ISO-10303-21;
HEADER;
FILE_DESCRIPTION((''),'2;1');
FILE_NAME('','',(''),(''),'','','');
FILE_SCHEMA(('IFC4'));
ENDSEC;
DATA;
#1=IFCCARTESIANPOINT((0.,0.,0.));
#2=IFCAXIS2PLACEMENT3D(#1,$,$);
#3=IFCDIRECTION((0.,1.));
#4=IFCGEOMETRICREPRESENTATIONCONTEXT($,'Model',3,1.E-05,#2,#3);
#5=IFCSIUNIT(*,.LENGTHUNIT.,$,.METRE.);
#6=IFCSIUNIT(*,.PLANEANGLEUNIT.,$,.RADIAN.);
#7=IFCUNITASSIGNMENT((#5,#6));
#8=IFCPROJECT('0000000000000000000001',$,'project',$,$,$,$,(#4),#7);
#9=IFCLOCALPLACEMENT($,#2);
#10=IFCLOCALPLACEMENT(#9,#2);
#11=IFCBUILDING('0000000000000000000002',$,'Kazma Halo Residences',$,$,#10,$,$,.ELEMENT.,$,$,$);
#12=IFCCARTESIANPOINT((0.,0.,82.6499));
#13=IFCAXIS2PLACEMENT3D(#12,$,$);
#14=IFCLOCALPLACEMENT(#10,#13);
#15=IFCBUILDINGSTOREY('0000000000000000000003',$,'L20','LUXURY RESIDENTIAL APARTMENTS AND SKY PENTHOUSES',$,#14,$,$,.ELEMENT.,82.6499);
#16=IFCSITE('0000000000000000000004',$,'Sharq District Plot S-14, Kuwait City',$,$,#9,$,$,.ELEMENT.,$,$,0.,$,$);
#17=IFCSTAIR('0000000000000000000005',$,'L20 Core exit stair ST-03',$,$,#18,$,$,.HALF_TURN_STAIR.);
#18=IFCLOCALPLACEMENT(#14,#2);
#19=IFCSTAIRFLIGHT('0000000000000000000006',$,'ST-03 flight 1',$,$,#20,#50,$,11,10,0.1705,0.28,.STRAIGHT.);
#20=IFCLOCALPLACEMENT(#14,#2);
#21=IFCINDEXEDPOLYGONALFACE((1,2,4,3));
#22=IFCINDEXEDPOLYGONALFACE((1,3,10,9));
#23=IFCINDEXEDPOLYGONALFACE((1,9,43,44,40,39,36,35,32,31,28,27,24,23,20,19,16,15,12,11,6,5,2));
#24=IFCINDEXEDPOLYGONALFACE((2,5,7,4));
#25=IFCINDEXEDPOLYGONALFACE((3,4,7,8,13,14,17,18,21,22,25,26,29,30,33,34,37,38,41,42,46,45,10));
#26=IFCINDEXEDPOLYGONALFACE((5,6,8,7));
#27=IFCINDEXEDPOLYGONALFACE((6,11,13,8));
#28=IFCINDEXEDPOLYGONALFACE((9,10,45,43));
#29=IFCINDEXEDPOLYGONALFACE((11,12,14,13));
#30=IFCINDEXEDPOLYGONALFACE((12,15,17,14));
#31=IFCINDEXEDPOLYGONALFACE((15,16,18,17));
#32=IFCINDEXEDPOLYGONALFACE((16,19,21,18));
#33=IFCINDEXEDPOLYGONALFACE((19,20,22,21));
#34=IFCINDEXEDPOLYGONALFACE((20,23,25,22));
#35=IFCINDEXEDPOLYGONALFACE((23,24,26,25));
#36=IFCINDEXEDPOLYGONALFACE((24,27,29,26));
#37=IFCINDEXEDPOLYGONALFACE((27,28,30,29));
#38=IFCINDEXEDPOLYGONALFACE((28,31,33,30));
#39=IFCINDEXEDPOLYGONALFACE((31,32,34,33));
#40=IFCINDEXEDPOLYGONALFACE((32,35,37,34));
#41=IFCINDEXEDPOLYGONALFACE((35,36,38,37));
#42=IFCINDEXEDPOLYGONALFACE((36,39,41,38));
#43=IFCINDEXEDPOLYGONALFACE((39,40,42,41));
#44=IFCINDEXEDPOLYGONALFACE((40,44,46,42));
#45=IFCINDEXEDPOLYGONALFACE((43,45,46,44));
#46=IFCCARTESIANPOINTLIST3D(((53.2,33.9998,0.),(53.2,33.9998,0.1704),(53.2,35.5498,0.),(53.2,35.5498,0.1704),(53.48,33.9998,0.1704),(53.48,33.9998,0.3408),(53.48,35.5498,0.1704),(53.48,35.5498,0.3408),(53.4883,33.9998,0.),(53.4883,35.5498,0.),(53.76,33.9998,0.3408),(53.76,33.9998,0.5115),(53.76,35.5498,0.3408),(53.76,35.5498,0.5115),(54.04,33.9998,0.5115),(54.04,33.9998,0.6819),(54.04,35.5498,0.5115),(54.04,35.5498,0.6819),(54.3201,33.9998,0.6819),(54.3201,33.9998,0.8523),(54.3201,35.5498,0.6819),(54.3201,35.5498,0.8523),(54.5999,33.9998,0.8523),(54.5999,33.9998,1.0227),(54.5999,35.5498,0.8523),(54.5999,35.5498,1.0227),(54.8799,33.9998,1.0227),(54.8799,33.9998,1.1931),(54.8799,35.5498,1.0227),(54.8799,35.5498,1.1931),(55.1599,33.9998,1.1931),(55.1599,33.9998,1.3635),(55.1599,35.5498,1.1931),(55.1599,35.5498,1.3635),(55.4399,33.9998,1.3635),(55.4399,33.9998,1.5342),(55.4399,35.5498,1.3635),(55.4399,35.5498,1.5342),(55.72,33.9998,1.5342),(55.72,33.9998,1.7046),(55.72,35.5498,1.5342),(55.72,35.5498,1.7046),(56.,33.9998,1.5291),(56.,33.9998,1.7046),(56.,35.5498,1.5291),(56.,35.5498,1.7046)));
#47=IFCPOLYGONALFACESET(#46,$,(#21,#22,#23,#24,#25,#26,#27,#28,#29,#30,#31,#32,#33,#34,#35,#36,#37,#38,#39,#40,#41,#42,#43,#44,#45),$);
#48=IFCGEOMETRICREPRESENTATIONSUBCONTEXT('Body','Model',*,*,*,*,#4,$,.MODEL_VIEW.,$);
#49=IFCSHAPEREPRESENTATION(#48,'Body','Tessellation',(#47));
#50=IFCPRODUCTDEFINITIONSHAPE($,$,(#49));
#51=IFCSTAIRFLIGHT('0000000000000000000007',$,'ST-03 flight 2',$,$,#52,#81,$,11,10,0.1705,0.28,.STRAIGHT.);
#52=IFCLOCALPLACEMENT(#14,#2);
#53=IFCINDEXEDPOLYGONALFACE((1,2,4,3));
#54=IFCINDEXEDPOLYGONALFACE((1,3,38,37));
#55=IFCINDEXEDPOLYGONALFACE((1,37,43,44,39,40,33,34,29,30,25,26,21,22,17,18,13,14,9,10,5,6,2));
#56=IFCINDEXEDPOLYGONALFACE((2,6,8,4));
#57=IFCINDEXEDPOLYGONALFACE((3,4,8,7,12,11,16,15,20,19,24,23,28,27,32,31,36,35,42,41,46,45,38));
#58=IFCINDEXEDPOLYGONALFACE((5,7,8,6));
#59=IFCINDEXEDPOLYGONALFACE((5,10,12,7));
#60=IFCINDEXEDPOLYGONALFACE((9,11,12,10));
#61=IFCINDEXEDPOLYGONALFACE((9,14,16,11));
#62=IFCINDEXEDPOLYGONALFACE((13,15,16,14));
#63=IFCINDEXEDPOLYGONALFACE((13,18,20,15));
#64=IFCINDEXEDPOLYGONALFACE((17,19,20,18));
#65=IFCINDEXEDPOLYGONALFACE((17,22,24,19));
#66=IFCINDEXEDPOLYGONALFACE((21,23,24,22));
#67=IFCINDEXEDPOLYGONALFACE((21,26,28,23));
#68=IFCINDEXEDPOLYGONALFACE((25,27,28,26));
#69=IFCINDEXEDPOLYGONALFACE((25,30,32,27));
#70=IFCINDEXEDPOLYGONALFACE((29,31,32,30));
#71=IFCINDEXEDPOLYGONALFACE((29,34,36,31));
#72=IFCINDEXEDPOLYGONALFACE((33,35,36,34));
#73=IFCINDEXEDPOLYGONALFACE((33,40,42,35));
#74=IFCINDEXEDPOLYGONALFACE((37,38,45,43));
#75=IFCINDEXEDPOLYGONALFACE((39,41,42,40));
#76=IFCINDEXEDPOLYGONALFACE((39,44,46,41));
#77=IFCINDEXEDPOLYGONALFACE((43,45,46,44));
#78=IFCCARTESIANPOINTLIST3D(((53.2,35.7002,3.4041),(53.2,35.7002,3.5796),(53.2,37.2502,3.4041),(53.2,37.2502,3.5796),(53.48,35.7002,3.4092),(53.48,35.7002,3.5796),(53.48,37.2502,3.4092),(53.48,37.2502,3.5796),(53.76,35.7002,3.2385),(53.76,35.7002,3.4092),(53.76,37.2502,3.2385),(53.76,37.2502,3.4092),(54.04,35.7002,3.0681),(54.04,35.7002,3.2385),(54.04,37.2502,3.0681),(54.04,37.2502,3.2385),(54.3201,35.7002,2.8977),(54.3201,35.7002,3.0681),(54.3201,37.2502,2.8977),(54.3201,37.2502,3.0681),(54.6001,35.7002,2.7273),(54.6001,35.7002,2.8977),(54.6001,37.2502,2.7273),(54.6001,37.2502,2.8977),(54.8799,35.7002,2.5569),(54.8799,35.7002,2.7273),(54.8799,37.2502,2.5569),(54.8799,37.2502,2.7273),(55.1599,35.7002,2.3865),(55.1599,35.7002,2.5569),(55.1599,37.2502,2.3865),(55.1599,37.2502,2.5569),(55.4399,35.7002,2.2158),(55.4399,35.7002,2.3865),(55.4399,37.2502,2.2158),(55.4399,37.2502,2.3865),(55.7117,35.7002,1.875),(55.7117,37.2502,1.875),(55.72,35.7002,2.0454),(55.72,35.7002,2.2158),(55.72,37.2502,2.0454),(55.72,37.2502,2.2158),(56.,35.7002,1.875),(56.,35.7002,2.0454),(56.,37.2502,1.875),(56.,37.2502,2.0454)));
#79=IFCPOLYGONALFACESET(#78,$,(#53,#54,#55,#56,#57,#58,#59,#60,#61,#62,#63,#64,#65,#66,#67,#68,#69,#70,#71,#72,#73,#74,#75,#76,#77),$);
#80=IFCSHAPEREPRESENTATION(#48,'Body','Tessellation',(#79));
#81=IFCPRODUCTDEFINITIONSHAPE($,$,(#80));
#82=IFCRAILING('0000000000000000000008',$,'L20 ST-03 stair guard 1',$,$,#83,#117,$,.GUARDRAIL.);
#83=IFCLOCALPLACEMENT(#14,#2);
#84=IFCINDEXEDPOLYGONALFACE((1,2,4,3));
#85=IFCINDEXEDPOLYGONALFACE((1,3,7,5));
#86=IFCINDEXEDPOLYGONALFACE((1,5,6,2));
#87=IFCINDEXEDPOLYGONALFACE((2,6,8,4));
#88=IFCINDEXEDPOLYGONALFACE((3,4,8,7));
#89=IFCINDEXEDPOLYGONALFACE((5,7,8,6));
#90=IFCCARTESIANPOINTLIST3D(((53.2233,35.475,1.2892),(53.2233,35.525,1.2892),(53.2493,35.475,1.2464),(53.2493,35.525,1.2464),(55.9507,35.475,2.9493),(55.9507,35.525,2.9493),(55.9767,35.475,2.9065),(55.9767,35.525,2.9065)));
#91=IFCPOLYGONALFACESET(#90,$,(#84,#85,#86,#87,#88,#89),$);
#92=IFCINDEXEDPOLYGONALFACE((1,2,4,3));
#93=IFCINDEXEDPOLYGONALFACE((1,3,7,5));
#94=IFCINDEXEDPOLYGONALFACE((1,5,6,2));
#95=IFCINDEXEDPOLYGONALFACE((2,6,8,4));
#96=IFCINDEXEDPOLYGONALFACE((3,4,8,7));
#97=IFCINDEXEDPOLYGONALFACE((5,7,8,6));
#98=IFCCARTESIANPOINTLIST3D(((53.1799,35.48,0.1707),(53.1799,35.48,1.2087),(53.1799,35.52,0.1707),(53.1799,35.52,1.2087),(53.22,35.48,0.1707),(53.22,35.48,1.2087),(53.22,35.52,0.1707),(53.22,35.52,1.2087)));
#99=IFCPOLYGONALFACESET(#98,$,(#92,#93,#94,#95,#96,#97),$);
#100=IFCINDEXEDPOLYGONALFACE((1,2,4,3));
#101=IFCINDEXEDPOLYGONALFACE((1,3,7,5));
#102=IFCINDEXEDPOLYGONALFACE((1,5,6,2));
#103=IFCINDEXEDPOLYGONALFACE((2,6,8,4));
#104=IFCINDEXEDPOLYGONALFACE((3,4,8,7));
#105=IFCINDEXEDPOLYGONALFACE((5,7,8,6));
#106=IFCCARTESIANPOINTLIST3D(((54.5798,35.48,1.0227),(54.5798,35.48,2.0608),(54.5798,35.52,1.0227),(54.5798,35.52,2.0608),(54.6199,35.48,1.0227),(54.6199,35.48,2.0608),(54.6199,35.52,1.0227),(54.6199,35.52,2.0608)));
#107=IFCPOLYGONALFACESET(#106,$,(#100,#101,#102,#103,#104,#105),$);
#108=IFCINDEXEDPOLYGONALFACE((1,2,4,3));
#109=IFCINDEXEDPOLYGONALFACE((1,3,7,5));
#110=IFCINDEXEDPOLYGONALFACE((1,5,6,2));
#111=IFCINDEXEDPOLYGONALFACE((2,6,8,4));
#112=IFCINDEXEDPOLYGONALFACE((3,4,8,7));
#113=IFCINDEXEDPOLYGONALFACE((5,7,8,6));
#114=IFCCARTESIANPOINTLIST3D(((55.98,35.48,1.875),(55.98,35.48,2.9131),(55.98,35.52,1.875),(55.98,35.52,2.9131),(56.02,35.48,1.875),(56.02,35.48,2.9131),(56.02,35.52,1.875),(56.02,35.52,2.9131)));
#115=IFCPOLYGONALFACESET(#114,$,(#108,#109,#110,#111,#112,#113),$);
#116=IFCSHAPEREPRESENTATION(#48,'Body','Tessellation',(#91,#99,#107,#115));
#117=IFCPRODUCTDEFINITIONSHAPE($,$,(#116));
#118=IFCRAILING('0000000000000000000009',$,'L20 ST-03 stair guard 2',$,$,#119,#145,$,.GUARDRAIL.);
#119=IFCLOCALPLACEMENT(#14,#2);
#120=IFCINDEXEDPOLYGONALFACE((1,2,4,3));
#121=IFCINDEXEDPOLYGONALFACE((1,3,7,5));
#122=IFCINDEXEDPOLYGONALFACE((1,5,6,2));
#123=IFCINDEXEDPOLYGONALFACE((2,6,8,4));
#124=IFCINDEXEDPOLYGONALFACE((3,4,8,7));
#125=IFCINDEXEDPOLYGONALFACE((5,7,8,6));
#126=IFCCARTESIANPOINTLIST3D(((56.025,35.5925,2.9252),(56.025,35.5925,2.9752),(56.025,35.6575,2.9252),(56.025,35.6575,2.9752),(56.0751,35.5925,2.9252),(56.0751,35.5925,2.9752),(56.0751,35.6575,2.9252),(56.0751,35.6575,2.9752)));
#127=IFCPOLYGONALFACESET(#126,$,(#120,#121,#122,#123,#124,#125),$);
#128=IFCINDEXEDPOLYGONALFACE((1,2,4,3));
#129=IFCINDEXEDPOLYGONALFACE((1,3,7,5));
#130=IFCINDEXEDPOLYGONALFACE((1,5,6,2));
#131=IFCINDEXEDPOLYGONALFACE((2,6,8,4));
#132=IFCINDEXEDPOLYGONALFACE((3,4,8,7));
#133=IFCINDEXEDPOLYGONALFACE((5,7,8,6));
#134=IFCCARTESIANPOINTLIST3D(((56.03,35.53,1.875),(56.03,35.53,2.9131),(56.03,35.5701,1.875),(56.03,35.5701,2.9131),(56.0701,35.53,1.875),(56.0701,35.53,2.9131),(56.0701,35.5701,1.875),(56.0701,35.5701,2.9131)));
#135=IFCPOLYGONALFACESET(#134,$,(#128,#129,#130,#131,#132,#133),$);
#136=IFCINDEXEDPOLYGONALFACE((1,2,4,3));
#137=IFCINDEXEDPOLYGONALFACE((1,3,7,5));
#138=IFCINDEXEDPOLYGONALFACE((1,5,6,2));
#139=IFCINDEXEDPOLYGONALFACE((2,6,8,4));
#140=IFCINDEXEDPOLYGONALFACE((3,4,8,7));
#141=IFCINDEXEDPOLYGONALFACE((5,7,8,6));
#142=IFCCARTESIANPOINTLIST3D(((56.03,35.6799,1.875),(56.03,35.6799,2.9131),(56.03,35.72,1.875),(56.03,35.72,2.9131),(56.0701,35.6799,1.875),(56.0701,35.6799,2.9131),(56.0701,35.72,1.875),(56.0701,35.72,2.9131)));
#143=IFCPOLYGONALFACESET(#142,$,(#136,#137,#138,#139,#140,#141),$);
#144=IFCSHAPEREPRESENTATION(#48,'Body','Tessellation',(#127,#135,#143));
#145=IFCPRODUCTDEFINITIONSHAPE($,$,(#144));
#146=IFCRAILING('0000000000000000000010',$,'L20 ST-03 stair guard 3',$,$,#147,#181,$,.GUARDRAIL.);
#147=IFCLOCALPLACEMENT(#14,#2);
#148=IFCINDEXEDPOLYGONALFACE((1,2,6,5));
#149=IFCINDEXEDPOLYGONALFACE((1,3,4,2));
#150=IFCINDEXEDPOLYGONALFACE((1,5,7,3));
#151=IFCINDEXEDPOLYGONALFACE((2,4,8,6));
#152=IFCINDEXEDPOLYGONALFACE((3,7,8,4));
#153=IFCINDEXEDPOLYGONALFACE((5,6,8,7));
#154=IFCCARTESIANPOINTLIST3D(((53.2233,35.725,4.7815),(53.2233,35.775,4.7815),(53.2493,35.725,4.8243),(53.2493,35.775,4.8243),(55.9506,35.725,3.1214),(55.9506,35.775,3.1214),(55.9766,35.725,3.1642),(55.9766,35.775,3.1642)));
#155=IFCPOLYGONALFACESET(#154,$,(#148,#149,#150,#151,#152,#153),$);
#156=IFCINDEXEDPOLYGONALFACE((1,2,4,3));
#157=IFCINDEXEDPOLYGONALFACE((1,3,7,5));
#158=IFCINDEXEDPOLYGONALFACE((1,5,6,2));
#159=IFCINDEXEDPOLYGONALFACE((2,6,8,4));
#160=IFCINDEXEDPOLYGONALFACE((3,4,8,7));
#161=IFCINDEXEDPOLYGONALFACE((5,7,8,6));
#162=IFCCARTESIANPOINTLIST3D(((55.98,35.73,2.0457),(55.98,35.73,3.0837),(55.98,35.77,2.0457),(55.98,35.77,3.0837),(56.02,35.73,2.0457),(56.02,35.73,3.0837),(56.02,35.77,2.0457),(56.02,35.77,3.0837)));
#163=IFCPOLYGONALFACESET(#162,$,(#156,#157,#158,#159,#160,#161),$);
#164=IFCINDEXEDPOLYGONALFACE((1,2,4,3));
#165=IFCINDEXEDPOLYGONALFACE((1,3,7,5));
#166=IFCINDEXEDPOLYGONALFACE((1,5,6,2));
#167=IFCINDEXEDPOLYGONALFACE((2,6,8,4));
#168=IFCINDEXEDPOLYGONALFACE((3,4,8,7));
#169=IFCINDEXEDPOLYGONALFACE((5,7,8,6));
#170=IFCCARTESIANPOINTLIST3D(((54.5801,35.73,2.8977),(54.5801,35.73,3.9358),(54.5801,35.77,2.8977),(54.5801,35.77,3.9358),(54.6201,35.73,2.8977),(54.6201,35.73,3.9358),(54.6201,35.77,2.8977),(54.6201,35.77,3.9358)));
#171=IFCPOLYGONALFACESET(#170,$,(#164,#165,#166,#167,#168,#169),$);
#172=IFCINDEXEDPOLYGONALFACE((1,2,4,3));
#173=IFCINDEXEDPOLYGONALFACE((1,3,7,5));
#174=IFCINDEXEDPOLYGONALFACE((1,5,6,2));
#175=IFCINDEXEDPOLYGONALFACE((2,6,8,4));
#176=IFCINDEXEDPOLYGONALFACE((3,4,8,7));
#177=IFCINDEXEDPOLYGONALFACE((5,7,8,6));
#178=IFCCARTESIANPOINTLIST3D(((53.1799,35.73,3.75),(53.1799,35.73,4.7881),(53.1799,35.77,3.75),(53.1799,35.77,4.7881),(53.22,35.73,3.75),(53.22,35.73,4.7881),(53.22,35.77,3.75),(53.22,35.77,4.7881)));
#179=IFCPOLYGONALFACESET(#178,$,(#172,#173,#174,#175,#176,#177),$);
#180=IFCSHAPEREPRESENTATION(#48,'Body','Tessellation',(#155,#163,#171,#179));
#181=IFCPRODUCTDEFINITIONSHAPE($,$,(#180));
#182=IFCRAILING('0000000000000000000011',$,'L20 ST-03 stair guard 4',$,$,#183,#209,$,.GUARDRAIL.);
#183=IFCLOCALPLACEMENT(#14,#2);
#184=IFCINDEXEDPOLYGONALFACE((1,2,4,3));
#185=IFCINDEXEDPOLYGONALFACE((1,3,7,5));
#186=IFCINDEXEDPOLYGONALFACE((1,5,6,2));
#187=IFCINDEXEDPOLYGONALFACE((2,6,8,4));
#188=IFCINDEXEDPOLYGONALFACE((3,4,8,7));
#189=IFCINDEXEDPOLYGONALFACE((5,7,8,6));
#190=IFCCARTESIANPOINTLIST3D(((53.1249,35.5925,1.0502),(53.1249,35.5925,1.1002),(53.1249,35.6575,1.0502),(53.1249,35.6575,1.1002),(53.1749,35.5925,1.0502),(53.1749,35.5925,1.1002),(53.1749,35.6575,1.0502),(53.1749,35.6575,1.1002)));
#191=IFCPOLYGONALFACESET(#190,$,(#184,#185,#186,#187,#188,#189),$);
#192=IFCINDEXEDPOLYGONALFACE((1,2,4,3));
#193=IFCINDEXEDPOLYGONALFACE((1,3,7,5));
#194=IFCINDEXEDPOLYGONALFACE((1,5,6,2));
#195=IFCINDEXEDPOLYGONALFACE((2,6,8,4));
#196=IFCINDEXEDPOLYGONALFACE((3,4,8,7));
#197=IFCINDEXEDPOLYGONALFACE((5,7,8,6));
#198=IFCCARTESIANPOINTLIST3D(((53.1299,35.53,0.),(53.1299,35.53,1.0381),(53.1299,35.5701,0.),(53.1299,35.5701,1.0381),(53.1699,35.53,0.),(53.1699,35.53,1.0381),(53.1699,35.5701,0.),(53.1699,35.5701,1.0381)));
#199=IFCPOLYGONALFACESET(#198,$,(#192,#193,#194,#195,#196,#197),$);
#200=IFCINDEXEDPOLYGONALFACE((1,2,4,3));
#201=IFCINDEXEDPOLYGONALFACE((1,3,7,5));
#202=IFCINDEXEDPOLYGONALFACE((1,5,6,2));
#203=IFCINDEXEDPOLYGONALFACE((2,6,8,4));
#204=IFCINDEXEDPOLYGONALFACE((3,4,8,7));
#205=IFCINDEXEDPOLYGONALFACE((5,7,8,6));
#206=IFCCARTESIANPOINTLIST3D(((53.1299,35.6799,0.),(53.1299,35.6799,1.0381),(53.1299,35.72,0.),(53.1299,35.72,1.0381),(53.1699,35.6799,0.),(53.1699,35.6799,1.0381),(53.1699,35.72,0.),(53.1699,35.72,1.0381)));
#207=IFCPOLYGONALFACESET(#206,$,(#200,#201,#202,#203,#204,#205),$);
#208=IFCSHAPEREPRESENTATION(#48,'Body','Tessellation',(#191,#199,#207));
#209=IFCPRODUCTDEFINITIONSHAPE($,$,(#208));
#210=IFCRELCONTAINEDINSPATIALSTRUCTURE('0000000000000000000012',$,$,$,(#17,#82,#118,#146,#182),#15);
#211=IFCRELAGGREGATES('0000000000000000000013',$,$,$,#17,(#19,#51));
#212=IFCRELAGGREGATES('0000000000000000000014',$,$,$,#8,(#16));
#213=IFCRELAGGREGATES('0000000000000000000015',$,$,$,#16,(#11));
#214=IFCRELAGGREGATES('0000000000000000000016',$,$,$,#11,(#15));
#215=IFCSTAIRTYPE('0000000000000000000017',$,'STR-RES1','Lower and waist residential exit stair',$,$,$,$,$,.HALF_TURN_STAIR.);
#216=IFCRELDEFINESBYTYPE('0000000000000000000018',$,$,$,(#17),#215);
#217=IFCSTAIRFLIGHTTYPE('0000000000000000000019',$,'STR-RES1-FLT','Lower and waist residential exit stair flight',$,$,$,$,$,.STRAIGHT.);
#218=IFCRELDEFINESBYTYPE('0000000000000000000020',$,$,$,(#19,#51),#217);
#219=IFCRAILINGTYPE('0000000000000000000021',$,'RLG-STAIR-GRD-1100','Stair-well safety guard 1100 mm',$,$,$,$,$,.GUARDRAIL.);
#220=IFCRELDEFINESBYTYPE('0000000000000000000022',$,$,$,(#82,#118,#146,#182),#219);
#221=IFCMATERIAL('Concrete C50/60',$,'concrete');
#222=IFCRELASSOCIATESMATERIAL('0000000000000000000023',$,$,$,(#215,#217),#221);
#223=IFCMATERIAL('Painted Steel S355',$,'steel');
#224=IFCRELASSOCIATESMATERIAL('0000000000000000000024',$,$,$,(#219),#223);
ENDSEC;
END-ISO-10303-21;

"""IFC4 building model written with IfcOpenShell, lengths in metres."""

from ifc_helpers import new_model, si_unit, direction, frame, origin, origin_2d, place, context, subcontext, project, spatial, polyline, rectangle, outline, extrude, material, type_object, element, aggregate, save


model = new_model("IFC4")

# Units and contexts
model_context = context("Model", 3, precision=1e-05, world=origin(), true_north=direction((0.0, 1.0)))
body_context = subcontext(model_context, "Body", "Model", "MODEL_VIEW")
ifc_project = project(units=[si_unit("LENGTHUNIT", "METRE"), si_unit("PLANEANGLEUNIT", "RADIAN")], contexts=[model_context])

# Site, building, storey
site_placement = place(None, origin())
site = spatial("IfcSite", under=ifc_project, at=site_placement, Name="Sharq District Plot S-14, Kuwait City", CompositionType="ELEMENT", RefElevation=0.0)
building_placement = place(site_placement, origin())
building = spatial("IfcBuilding", under=site, at=building_placement, Name="Kazma Halo Residences", CompositionType="ELEMENT")
storey_placement = place(building_placement, frame((0.0, 0.0, 82.6499)))
storey = spatial("IfcBuildingStorey", under=building, at=storey_placement, Name="L20", Description="LUXURY RESIDENTIAL APARTMENTS AND SKY PENTHOUSES", CompositionType="ELEMENT", Elevation=82.6499)

# Shared definitions
ifc_material_1 = material(Name="Concrete C50/60", Category="concrete")

# Stair, stair flights
stair_type = type_object("IfcStairType", Name="STR-RES1", Description="Lower and waist residential exit stair", PredefinedType="HALF_TURN_STAIR", material=ifc_material_1)
stair_placement = place(storey_placement, origin())
stair = element("IfcStair", 1, at=stair_placement, inside=storey, type_object=stair_type, Name="L20 Core exit stair ST-03", PredefinedType="HALF_TURN_STAIR")
stair_flight_type = type_object("IfcStairFlightType", Name="STR-RES1-FLT", Description="Lower and waist residential exit stair flight", PredefinedType="STRAIGHT", material=ifc_material_1)
stair_flight_1_placement = place(storey_placement, frame((53.2, 34.7749, 0.0), z_axis=(0.0, 0.0, 1.0), x_axis=(1.0, 0.0, 0.0)))
stair_flight_1 = element("IfcStairFlight", 2, at=stair_flight_1_placement, type_object=stair_flight_type, Name="ST-03 flight 1", NumberOfRisers=11, NumberOfTreads=10, PredefinedType="STRAIGHT", RiserHeight=0.1705, TreadLength=0.28, context=body_context, shape_type="SweptSolid", body=[
    extrude(outline(polyline([(0.0, 0.0), (0.0, 0.1704), (0.28, 0.1704), (0.28, 0.3408), (0.5601, 0.3408), (0.5601, 0.5115), (0.8401, 0.5115), (0.8401, 0.6819), (1.1201, 0.6819), (1.1201, 0.8523), (1.3999, 0.8523), (1.3999, 1.0227), (1.6799, 1.0227), (1.6799, 1.1931), (1.96, 1.1931), (1.96, 1.3635), (2.24, 1.3635), (2.24, 1.5342), (2.52, 1.5342), (2.52, 1.7046), (2.8, 1.7046), (2.8, 1.875), (2.8, 1.5291), (0.2883, 0.0), (0.0, 0.0)])), frame((0.0, 0.7749, 0.0), z_axis=(0.0, -1.0, 0.0), x_axis=(1.0, 0.0, 0.0)), (0.0, 0.0, 1.0), 1.55),
])
stair_flight_2_placement = place(storey_placement, frame((56.0, 36.4751, 1.875), z_axis=(0.0, 0.0, 1.0), x_axis=(-1.0, 0.0, 0.0)))
stair_flight_2 = element("IfcStairFlight", 3, at=stair_flight_2_placement, type_object=stair_flight_type, Name="ST-03 flight 2", NumberOfRisers=11, NumberOfTreads=10, PredefinedType="STRAIGHT", RiserHeight=0.1705, TreadLength=0.28, context=body_context, shape_type="SweptSolid", body=[
    extrude(outline(polyline([(0.0, 0.0), (0.0, 0.1704), (0.28, 0.1704), (0.28, 0.3408), (0.5601, 0.3408), (0.5601, 0.5115), (0.8401, 0.5115), (0.8401, 0.6819), (1.1201, 0.6819), (1.1201, 0.8523), (1.3999, 0.8523), (1.3999, 1.0227), (1.6799, 1.0227), (1.6799, 1.1931), (1.96, 1.1931), (1.96, 1.3635), (2.24, 1.3635), (2.24, 1.5342), (2.52, 1.5342), (2.52, 1.7046), (2.8, 1.7046), (2.8, 1.875), (2.8, 1.5291), (0.2883, 0.0), (0.0, 0.0)])), frame((0.0, 0.7749, 0.0), z_axis=(0.0, -1.0, 0.0), x_axis=(1.0, 0.0, 0.0)), (0.0, 0.0, 1.0), 1.55),
])
aggregate(stair, [stair_flight_1, stair_flight_2])

# Railings
ifc_material_2 = material(Name="Painted Steel S355", Category="steel")
railing_type_1 = type_object("IfcRailingType", Name="RLG-STAIR-GRD-1100", Description="Stair-well safety guard 1100 mm", PredefinedType="GUARDRAIL", material=ifc_material_2)
railing_1_placement = place(storey_placement, frame((53.2, 35.5, 0.1707)))
element("IfcRailing", 4, at=railing_1_placement, inside=storey, type_object=railing_type_1, Name="L20 ST-03 stair guard 1", PredefinedType="GUARDRAIL", context=body_context, shape_type="SweptSolid", body=[
    extrude(rectangle(XDim=0.05, YDim=0.05, at=origin_2d()), frame((0.0364, 0.0, 1.0972), z_axis=(0.854203, 0.0, 0.51994), x_axis=(0.0, 1.0, 0.0)), (0.0, 0.0, 1.0), 3.1929),
    extrude(rectangle(XDim=0.04, YDim=0.04, at=origin_2d()), origin(), (0.0, 0.0, 1.0), 1.0381),
    extrude(rectangle(XDim=0.04, YDim=0.04, at=origin_2d()), frame((1.3999, 0.0, 0.8521)), (0.0, 0.0, 1.0), 1.0381),
    extrude(rectangle(XDim=0.04, YDim=0.04, at=origin_2d()), frame((2.8, 0.0, 1.7043)), (0.0, 0.0, 1.0), 1.0381),
])
railing_2_placement = place(storey_placement, frame((56.05, 35.55, 1.875)))
element("IfcRailing", 5, at=railing_2_placement, inside=storey, type_object=railing_type_1, Name="L20 ST-03 stair guard 2", PredefinedType="GUARDRAIL", context=body_context, shape_type="SweptSolid", body=[
    extrude(rectangle(XDim=0.05, YDim=0.05, at=origin_2d()), frame((0.0, 0.0425, 1.0752), z_axis=(0.0, 1.0, 0.0), x_axis=(-1.0, 0.0, 0.0)), (0.0, 0.0, 1.0), 0.0649),
    extrude(rectangle(XDim=0.04, YDim=0.04, at=origin_2d()), origin(), (0.0, 0.0, 1.0), 1.0381),
    extrude(rectangle(XDim=0.04, YDim=0.04, at=origin_2d()), frame((0.0, 0.1499, 0.0)), (0.0, 0.0, 1.0), 1.0381),
])
railing_3_placement = place(storey_placement, frame((56.0, 35.75, 2.0457)))
element("IfcRailing", 6, at=railing_3_placement, inside=storey, type_object=railing_type_1, Name="L20 ST-03 stair guard 3", PredefinedType="GUARDRAIL", context=body_context, shape_type="SweptSolid", body=[
    extrude(rectangle(XDim=0.05, YDim=0.05, at=origin_2d()), frame((-0.0364, 0.0, 1.0972), z_axis=(-0.854203, 0.0, 0.51994), x_axis=(0.0, -1.0, 0.0)), (0.0, 0.0, 1.0), 3.1929),
    extrude(rectangle(XDim=0.04, YDim=0.04, at=origin_2d()), origin(), (0.0, 0.0, 1.0), 1.0381),
    extrude(rectangle(XDim=0.04, YDim=0.04, at=origin_2d()), frame((-1.3999, 0.0, 0.8521)), (0.0, 0.0, 1.0), 1.0381),
    extrude(rectangle(XDim=0.04, YDim=0.04, at=origin_2d()), frame((-2.8, 0.0, 1.7043)), (0.0, 0.0, 1.0), 1.0381),
])
railing_4_placement = place(storey_placement, frame((53.1499, 35.55, 0.0)))
element("IfcRailing", 7, at=railing_4_placement, inside=storey, type_object=railing_type_1, Name="L20 ST-03 stair guard 4", PredefinedType="GUARDRAIL", context=body_context, shape_type="SweptSolid", body=[
    extrude(rectangle(XDim=0.05, YDim=0.05, at=origin_2d()), frame((0.0, 0.0425, 1.0752), z_axis=(0.0, 1.0, 0.0), x_axis=(-1.0, 0.0, 0.0)), (0.0, 0.0, 1.0), 0.0649),
    extrude(rectangle(XDim=0.04, YDim=0.04, at=origin_2d()), origin(), (0.0, 0.0, 1.0), 1.0381),
    extrude(rectangle(XDim=0.04, YDim=0.04, at=origin_2d()), frame((0.0, 0.1499, 0.0)), (0.0, 0.0, 1.0), 1.0381),
])

save(model, "model.ifc")
